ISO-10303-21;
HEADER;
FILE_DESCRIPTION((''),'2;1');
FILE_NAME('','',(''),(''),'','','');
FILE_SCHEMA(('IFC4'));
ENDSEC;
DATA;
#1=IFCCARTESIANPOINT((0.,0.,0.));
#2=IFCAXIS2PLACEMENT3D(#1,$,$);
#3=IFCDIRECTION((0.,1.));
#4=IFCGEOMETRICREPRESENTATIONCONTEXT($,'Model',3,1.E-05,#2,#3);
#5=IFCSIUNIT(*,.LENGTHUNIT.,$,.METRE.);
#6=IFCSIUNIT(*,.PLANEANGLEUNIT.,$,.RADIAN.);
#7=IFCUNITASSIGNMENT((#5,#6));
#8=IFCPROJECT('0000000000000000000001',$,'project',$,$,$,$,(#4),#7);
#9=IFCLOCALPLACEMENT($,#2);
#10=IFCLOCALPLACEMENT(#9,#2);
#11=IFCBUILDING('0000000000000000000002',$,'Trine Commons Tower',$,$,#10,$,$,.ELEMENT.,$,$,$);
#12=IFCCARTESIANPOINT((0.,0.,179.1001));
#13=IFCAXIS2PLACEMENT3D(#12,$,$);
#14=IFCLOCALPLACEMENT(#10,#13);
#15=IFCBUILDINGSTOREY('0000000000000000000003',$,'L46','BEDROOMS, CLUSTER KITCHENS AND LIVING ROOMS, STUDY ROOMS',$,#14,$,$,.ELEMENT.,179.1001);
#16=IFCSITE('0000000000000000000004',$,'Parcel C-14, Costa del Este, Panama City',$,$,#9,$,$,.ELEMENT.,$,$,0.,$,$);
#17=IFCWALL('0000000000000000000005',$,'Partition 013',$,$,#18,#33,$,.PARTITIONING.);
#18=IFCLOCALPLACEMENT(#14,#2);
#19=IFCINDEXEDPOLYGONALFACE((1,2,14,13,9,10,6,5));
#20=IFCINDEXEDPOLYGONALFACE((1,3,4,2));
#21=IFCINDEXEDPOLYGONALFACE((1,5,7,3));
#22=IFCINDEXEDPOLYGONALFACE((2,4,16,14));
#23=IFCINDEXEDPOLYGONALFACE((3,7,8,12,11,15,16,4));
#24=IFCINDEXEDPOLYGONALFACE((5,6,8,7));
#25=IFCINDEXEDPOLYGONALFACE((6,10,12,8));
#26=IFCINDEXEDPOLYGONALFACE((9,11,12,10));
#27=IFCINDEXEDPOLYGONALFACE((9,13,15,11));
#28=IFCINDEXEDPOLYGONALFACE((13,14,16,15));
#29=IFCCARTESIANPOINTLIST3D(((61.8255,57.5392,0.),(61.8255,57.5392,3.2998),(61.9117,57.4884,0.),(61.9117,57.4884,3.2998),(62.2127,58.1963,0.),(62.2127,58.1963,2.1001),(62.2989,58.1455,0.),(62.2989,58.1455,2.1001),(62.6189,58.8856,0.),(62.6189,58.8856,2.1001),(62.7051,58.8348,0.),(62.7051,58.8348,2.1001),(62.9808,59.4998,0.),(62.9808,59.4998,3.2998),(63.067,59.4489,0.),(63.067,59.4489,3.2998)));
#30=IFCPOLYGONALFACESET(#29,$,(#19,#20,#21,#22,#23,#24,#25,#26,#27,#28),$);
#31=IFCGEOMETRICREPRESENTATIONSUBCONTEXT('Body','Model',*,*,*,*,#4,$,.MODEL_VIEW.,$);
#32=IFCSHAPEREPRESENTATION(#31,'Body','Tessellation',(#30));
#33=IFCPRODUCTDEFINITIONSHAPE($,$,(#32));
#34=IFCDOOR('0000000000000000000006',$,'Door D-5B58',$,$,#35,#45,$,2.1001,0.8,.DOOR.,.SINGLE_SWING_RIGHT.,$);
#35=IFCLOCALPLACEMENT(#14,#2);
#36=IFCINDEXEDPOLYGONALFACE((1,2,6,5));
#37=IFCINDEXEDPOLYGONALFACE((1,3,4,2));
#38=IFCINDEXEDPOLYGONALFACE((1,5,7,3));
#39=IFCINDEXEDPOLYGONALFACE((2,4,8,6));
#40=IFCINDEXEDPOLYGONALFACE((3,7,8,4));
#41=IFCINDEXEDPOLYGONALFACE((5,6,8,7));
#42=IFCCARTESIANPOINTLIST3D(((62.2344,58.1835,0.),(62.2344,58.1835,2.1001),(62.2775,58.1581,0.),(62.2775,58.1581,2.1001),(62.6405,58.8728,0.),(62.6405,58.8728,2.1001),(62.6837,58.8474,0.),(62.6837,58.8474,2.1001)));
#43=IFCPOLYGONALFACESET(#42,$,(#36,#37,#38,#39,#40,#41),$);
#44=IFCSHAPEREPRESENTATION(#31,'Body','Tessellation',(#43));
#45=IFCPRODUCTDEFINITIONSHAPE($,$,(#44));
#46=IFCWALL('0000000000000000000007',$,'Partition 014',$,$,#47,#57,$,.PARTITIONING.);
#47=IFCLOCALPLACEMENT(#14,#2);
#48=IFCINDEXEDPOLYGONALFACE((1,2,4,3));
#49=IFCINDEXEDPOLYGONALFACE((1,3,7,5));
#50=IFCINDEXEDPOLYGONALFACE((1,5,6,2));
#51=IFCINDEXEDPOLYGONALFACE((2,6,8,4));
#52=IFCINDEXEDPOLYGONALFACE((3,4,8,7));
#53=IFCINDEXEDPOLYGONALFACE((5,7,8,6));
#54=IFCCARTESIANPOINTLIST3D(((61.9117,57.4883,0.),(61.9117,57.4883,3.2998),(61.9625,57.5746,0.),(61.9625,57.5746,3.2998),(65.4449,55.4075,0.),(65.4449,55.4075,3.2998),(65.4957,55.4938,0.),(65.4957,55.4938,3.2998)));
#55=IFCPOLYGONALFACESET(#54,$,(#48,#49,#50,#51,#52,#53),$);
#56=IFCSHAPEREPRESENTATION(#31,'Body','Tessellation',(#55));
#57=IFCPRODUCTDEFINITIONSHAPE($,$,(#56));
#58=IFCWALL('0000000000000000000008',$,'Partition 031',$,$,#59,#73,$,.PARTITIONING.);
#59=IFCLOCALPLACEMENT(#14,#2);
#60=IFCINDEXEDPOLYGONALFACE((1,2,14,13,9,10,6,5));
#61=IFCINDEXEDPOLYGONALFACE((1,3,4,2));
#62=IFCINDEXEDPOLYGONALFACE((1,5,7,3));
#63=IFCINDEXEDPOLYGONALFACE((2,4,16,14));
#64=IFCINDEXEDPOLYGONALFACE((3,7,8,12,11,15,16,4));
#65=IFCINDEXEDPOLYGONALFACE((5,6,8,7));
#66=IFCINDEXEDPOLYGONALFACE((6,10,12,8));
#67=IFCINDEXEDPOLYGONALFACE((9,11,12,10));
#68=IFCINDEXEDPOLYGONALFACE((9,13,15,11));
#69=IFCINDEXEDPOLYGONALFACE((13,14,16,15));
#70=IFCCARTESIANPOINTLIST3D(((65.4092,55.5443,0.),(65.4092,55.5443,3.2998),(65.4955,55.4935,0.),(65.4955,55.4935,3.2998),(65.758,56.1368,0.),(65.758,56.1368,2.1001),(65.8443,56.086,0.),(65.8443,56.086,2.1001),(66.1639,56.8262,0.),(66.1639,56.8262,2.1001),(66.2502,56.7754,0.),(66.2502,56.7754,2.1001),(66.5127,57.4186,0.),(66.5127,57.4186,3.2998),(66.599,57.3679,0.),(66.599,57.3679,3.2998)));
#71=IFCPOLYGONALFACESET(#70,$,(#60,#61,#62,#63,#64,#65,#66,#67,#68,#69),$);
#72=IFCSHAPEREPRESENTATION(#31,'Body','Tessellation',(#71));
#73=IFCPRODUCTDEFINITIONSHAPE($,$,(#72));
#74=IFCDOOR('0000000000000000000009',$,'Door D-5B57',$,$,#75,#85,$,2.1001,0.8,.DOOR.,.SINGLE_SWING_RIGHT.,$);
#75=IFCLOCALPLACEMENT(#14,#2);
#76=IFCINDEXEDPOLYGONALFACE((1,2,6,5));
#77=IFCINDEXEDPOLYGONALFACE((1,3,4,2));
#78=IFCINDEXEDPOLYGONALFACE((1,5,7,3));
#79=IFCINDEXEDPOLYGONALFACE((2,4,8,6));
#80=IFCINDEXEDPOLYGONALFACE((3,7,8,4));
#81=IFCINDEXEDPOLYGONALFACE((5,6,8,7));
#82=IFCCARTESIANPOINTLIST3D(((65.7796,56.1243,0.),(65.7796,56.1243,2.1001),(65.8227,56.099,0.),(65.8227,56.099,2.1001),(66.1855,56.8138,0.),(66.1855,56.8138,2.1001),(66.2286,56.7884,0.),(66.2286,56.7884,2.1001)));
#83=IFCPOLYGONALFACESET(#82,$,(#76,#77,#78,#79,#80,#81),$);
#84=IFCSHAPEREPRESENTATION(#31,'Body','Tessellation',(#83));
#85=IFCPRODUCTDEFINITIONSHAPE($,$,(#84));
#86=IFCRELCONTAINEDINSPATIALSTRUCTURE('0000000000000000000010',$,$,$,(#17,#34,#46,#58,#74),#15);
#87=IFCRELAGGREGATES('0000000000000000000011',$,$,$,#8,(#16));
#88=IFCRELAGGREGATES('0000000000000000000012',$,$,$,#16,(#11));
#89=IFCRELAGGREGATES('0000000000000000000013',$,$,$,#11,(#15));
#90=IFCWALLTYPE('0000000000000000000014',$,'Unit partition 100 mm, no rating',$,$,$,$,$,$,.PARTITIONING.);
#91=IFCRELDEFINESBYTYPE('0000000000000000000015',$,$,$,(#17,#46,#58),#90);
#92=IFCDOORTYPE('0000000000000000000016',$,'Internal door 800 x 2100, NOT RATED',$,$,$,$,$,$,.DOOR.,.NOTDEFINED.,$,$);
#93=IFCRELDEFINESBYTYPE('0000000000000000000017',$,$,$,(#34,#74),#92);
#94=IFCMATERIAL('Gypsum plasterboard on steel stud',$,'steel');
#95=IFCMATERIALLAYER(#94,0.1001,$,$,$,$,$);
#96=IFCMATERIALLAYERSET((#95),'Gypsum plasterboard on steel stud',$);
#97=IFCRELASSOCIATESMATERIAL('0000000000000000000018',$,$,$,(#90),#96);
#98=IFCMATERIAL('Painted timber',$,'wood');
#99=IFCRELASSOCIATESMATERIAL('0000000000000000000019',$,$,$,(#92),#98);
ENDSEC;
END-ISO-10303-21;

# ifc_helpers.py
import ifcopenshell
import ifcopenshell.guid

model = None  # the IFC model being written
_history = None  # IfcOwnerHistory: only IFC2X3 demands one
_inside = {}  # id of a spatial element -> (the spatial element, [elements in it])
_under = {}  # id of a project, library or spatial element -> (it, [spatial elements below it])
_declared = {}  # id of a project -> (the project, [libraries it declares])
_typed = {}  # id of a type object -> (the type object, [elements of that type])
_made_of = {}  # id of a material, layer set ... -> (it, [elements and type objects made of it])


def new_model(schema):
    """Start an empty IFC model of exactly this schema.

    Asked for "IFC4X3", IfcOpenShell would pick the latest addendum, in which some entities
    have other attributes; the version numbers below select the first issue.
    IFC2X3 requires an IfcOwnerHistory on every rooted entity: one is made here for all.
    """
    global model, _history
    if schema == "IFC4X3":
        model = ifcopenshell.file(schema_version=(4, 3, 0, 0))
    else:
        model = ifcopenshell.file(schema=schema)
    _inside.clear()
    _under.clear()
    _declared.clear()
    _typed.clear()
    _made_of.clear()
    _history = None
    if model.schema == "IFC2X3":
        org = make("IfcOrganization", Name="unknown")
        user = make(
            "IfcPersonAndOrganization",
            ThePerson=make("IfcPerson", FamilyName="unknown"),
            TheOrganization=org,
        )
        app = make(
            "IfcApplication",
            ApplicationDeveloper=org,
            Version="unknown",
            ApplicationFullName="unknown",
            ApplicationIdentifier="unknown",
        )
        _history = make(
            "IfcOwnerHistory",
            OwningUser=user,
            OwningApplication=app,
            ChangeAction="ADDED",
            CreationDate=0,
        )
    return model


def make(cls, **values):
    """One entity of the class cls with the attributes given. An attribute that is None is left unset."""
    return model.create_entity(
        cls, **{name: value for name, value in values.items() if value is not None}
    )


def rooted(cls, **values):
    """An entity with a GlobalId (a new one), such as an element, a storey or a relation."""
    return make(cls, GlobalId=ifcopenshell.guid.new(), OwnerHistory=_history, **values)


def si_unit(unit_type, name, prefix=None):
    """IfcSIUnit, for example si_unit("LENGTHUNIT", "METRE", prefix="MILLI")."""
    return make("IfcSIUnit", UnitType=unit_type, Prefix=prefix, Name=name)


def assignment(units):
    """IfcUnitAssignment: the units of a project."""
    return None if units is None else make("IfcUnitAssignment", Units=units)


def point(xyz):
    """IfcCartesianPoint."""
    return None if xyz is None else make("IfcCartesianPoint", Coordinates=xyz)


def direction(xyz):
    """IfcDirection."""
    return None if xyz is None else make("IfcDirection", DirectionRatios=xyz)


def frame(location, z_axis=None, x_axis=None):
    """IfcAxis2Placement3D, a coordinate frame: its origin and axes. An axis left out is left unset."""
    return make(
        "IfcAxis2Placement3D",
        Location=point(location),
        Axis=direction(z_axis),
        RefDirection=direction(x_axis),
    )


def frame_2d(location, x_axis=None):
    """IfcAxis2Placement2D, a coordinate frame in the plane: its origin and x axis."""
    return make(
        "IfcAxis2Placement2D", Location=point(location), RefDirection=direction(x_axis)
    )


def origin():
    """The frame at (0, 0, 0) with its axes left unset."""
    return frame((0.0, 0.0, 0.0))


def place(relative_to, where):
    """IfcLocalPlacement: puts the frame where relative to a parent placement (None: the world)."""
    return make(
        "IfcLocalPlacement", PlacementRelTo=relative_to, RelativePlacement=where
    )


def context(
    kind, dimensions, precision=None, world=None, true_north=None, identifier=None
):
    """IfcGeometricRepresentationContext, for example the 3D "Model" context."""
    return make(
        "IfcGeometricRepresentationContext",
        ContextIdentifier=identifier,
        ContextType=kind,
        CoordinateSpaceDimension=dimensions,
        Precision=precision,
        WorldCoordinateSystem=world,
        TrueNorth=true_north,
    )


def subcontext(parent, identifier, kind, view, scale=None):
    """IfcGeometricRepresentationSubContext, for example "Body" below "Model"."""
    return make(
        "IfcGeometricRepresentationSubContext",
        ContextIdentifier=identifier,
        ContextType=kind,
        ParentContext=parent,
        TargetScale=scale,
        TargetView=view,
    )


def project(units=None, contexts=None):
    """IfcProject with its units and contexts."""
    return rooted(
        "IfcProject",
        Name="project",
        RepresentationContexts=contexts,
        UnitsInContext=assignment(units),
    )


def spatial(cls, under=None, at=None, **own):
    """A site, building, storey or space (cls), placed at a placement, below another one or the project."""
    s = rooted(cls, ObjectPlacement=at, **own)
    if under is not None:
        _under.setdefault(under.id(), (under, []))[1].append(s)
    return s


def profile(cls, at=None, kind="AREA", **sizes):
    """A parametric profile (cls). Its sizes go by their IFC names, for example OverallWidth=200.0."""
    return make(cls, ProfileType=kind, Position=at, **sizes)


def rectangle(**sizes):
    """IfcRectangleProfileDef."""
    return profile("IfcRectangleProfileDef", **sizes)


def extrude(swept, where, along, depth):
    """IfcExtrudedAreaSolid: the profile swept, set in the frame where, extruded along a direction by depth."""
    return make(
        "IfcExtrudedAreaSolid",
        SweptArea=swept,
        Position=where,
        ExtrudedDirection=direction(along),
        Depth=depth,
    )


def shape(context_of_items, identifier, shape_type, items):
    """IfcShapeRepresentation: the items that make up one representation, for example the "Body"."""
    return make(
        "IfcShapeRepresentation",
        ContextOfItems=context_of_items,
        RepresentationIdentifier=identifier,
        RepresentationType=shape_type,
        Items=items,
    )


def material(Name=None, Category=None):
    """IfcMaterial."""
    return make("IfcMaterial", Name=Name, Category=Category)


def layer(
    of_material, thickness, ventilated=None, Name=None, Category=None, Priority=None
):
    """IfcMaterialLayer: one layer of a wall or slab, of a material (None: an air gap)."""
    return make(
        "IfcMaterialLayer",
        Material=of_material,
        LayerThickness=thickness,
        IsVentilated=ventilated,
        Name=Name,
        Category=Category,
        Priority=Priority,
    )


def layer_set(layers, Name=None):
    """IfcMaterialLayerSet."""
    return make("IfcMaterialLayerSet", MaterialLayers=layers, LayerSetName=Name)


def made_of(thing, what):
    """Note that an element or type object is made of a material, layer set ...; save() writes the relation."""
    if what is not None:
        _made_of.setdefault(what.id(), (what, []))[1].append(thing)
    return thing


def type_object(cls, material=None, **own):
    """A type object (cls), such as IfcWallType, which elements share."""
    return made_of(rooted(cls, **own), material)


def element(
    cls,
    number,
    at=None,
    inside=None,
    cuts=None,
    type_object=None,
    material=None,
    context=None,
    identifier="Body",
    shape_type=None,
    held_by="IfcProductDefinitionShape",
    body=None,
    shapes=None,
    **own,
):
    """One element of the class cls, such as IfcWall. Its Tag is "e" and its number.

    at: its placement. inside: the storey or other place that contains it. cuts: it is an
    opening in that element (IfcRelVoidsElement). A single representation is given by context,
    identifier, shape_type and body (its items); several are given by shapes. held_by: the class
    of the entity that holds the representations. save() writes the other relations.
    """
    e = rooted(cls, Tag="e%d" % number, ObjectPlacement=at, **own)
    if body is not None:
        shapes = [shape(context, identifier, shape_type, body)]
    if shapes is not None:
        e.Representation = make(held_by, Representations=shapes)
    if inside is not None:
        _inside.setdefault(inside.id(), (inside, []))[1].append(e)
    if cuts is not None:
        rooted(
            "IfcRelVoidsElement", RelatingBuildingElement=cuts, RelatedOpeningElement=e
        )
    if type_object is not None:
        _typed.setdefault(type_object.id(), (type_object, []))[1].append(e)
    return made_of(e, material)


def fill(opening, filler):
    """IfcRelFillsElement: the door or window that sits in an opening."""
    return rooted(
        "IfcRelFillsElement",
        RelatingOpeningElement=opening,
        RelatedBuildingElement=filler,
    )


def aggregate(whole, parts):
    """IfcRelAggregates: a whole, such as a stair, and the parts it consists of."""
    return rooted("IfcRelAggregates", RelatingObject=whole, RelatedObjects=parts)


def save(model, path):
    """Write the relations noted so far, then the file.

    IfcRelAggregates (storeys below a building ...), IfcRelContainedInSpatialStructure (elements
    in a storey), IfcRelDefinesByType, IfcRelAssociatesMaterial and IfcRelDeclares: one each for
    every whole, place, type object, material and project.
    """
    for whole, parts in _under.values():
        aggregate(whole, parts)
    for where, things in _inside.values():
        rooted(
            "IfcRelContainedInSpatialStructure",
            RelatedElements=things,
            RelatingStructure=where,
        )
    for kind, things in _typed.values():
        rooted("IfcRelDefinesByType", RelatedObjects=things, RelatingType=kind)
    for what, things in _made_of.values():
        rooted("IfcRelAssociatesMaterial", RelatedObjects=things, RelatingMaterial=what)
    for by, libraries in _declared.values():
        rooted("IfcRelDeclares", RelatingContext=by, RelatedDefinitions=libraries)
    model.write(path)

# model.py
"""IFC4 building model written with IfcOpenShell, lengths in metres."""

from ifc_helpers import new_model, si_unit, direction, frame, frame_2d, origin, place, context, subcontext, project, spatial, rectangle, extrude, material, layer, layer_set, type_object, element, fill, save


model = new_model("IFC4")

# Units and contexts
model_context = context("Model", 3, precision=1e-05, world=origin(), true_north=direction((0.0, 1.0)))
body_context = subcontext(model_context, "Body", "Model", "MODEL_VIEW")
ifc_project = project(units=[si_unit("LENGTHUNIT", "METRE"), si_unit("PLANEANGLEUNIT", "RADIAN")], contexts=[model_context])

# Site, building, storey
site_placement = place(None, origin())
site = spatial("IfcSite", under=ifc_project, at=site_placement, Name="Parcel C-14, Costa del Este, Panama City", CompositionType="ELEMENT", RefElevation=0.0)
building_placement = place(site_placement, origin())
building = spatial("IfcBuilding", under=site, at=building_placement, Name="Trine Commons Tower", CompositionType="ELEMENT")
storey_placement = place(building_placement, frame((0.0, 0.0, 179.1001)))
storey = spatial("IfcBuildingStorey", under=building, at=storey_placement, Name="L46", Description="BEDROOMS, CLUSTER KITCHENS AND LIVING ROOMS, STUDY ROOMS", CompositionType="ELEMENT", Elevation=179.1001)

# Shared definitions
ifc_material_1 = material(Name="Gypsum plasterboard on steel stud", Category="steel")

# Shared definitions
ifc_material_2 = material(Name="Painted timber", Category="wood")

# Wall, opening, door
ifc_layer_1 = layer(ifc_material_1, 0.1001)
ifc_layer_set_1 = layer_set([ifc_layer_1], Name="Gypsum plasterboard on steel stud")
wall_type_1 = type_object("IfcWallType", Name="Unit partition 100 mm, no rating", PredefinedType="PARTITIONING", material=ifc_layer_set_1)
wall_1_placement = place(storey_placement, frame((61.8687, 57.5139, 0.0), z_axis=(0.0, 0.0, 1.0), x_axis=(0.507695, 0.861537, 0.0)))
wall_1 = element("IfcWall", 1, at=wall_1_placement, inside=storey, type_object=wall_type_1, Name="Partition 013", PredefinedType="PARTITIONING", context=body_context, shape_type="SweptSolid", body=[
    extrude(rectangle(XDim=2.2756, YDim=0.1001, at=frame_2d((1.1377, 0.0))), origin(), (0.0, 0.0, 1.0), 3.2998),
])
opening_1_placement = place(wall_1_placement, frame((0.7627, 0.0, 0.0)))
opening_1 = element("IfcOpeningElement", 2, at=opening_1_placement, cuts=wall_1, PredefinedType="OPENING", context=body_context, shape_type="SweptSolid", body=[
    extrude(rectangle(XDim=0.8, YDim=2.1001, at=frame_2d((0.3999, 1.05))), frame((0.0, 0.0601, 0.0), z_axis=(0.0, -1.0, 0.0), x_axis=(1.0, 0.0, 0.0)), (0.0, 0.0, 1.0), 0.1201),
])
door_type_1 = type_object("IfcDoorType", Name="Internal door 800 x 2100, NOT RATED", OperationType="NOTDEFINED", PredefinedType="DOOR", material=ifc_material_2)
door_1_placement = place(opening_1_placement, origin())
door_1 = element("IfcDoor", 3, at=door_1_placement, inside=storey, type_object=door_type_1, Name="Door D-5B58", OperationType="SINGLE_SWING_RIGHT", OverallHeight=2.1001, OverallWidth=0.8, PredefinedType="DOOR", context=body_context, shape_type="SweptSolid", body=[
    extrude(rectangle(XDim=0.8, YDim=2.1001, at=frame_2d((0.3999, 1.05))), frame((0.0, 0.0249, 0.0), z_axis=(0.0, -1.0, 0.0), x_axis=(1.0, 0.0, 0.0)), (0.0, 0.0, 1.0), 0.05),
])
fill(opening_1, door_1)

# Wall
wall_2_placement = place(storey_placement, frame((61.937, 57.5315, 0.0), z_axis=(0.0, 0.0, 1.0), x_axis=(0.861672, -0.507465, 0.0)))
element("IfcWall", 4, at=wall_2_placement, inside=storey, type_object=wall_type_1, Name="Partition 014", PredefinedType="PARTITIONING", context=body_context, shape_type="SweptSolid", body=[
    extrude(rectangle(XDim=4.1003, YDim=0.1001, at=frame_2d((2.0503, 0.0))), origin(), (0.0, 0.0, 1.0), 3.2998),
])

# Wall, opening, door
wall_3_placement = place(storey_placement, frame((65.4524, 55.519, 0.0), z_axis=(0.0, 0.0, 1.0), x_axis=(0.507363, 0.861732, 0.0)))
wall_3 = element("IfcWall", 5, at=wall_3_placement, inside=storey, type_object=wall_type_1, Name="Partition 031", PredefinedType="PARTITIONING", context=body_context, shape_type="SweptSolid", body=[
    extrude(rectangle(XDim=2.175, YDim=0.1001, at=frame_2d((1.0874, 0.0))), origin(), (0.0, 0.0, 1.0), 3.2998),
])
opening_2_placement = place(wall_3_placement, frame((0.6875, 0.0, 0.0)))
opening_2 = element("IfcOpeningElement", 6, at=opening_2_placement, cuts=wall_3, PredefinedType="OPENING", context=body_context, shape_type="SweptSolid", body=[
    extrude(rectangle(XDim=0.8, YDim=2.1001, at=frame_2d((0.3999, 1.05))), frame((0.0, 0.0601, 0.0), z_axis=(0.0, -1.0, 0.0), x_axis=(1.0, 0.0, 0.0)), (0.0, 0.0, 1.0), 0.1201),
])
door_2_placement = place(opening_2_placement, frame((0.8, 0.0, 0.0), z_axis=(0.0, 0.0, 1.0), x_axis=(-1.0, 0.0, 0.0)))
door_2 = element("IfcDoor", 7, at=door_2_placement, inside=storey, type_object=door_type_1, Name="Door D-5B57", OperationType="SINGLE_SWING_RIGHT", OverallHeight=2.1001, OverallWidth=0.8, PredefinedType="DOOR", context=body_context, shape_type="SweptSolid", body=[
    extrude(rectangle(XDim=0.8, YDim=2.1001, at=frame_2d((0.3999, 1.05))), frame((0.0, 0.0249, 0.0), z_axis=(0.0, -1.0, 0.0), x_axis=(1.0, 0.0, 0.0)), (0.0, 0.0, 1.0), 0.05),
])
fill(opening_2, door_2)

save(model, "model.ifc")
